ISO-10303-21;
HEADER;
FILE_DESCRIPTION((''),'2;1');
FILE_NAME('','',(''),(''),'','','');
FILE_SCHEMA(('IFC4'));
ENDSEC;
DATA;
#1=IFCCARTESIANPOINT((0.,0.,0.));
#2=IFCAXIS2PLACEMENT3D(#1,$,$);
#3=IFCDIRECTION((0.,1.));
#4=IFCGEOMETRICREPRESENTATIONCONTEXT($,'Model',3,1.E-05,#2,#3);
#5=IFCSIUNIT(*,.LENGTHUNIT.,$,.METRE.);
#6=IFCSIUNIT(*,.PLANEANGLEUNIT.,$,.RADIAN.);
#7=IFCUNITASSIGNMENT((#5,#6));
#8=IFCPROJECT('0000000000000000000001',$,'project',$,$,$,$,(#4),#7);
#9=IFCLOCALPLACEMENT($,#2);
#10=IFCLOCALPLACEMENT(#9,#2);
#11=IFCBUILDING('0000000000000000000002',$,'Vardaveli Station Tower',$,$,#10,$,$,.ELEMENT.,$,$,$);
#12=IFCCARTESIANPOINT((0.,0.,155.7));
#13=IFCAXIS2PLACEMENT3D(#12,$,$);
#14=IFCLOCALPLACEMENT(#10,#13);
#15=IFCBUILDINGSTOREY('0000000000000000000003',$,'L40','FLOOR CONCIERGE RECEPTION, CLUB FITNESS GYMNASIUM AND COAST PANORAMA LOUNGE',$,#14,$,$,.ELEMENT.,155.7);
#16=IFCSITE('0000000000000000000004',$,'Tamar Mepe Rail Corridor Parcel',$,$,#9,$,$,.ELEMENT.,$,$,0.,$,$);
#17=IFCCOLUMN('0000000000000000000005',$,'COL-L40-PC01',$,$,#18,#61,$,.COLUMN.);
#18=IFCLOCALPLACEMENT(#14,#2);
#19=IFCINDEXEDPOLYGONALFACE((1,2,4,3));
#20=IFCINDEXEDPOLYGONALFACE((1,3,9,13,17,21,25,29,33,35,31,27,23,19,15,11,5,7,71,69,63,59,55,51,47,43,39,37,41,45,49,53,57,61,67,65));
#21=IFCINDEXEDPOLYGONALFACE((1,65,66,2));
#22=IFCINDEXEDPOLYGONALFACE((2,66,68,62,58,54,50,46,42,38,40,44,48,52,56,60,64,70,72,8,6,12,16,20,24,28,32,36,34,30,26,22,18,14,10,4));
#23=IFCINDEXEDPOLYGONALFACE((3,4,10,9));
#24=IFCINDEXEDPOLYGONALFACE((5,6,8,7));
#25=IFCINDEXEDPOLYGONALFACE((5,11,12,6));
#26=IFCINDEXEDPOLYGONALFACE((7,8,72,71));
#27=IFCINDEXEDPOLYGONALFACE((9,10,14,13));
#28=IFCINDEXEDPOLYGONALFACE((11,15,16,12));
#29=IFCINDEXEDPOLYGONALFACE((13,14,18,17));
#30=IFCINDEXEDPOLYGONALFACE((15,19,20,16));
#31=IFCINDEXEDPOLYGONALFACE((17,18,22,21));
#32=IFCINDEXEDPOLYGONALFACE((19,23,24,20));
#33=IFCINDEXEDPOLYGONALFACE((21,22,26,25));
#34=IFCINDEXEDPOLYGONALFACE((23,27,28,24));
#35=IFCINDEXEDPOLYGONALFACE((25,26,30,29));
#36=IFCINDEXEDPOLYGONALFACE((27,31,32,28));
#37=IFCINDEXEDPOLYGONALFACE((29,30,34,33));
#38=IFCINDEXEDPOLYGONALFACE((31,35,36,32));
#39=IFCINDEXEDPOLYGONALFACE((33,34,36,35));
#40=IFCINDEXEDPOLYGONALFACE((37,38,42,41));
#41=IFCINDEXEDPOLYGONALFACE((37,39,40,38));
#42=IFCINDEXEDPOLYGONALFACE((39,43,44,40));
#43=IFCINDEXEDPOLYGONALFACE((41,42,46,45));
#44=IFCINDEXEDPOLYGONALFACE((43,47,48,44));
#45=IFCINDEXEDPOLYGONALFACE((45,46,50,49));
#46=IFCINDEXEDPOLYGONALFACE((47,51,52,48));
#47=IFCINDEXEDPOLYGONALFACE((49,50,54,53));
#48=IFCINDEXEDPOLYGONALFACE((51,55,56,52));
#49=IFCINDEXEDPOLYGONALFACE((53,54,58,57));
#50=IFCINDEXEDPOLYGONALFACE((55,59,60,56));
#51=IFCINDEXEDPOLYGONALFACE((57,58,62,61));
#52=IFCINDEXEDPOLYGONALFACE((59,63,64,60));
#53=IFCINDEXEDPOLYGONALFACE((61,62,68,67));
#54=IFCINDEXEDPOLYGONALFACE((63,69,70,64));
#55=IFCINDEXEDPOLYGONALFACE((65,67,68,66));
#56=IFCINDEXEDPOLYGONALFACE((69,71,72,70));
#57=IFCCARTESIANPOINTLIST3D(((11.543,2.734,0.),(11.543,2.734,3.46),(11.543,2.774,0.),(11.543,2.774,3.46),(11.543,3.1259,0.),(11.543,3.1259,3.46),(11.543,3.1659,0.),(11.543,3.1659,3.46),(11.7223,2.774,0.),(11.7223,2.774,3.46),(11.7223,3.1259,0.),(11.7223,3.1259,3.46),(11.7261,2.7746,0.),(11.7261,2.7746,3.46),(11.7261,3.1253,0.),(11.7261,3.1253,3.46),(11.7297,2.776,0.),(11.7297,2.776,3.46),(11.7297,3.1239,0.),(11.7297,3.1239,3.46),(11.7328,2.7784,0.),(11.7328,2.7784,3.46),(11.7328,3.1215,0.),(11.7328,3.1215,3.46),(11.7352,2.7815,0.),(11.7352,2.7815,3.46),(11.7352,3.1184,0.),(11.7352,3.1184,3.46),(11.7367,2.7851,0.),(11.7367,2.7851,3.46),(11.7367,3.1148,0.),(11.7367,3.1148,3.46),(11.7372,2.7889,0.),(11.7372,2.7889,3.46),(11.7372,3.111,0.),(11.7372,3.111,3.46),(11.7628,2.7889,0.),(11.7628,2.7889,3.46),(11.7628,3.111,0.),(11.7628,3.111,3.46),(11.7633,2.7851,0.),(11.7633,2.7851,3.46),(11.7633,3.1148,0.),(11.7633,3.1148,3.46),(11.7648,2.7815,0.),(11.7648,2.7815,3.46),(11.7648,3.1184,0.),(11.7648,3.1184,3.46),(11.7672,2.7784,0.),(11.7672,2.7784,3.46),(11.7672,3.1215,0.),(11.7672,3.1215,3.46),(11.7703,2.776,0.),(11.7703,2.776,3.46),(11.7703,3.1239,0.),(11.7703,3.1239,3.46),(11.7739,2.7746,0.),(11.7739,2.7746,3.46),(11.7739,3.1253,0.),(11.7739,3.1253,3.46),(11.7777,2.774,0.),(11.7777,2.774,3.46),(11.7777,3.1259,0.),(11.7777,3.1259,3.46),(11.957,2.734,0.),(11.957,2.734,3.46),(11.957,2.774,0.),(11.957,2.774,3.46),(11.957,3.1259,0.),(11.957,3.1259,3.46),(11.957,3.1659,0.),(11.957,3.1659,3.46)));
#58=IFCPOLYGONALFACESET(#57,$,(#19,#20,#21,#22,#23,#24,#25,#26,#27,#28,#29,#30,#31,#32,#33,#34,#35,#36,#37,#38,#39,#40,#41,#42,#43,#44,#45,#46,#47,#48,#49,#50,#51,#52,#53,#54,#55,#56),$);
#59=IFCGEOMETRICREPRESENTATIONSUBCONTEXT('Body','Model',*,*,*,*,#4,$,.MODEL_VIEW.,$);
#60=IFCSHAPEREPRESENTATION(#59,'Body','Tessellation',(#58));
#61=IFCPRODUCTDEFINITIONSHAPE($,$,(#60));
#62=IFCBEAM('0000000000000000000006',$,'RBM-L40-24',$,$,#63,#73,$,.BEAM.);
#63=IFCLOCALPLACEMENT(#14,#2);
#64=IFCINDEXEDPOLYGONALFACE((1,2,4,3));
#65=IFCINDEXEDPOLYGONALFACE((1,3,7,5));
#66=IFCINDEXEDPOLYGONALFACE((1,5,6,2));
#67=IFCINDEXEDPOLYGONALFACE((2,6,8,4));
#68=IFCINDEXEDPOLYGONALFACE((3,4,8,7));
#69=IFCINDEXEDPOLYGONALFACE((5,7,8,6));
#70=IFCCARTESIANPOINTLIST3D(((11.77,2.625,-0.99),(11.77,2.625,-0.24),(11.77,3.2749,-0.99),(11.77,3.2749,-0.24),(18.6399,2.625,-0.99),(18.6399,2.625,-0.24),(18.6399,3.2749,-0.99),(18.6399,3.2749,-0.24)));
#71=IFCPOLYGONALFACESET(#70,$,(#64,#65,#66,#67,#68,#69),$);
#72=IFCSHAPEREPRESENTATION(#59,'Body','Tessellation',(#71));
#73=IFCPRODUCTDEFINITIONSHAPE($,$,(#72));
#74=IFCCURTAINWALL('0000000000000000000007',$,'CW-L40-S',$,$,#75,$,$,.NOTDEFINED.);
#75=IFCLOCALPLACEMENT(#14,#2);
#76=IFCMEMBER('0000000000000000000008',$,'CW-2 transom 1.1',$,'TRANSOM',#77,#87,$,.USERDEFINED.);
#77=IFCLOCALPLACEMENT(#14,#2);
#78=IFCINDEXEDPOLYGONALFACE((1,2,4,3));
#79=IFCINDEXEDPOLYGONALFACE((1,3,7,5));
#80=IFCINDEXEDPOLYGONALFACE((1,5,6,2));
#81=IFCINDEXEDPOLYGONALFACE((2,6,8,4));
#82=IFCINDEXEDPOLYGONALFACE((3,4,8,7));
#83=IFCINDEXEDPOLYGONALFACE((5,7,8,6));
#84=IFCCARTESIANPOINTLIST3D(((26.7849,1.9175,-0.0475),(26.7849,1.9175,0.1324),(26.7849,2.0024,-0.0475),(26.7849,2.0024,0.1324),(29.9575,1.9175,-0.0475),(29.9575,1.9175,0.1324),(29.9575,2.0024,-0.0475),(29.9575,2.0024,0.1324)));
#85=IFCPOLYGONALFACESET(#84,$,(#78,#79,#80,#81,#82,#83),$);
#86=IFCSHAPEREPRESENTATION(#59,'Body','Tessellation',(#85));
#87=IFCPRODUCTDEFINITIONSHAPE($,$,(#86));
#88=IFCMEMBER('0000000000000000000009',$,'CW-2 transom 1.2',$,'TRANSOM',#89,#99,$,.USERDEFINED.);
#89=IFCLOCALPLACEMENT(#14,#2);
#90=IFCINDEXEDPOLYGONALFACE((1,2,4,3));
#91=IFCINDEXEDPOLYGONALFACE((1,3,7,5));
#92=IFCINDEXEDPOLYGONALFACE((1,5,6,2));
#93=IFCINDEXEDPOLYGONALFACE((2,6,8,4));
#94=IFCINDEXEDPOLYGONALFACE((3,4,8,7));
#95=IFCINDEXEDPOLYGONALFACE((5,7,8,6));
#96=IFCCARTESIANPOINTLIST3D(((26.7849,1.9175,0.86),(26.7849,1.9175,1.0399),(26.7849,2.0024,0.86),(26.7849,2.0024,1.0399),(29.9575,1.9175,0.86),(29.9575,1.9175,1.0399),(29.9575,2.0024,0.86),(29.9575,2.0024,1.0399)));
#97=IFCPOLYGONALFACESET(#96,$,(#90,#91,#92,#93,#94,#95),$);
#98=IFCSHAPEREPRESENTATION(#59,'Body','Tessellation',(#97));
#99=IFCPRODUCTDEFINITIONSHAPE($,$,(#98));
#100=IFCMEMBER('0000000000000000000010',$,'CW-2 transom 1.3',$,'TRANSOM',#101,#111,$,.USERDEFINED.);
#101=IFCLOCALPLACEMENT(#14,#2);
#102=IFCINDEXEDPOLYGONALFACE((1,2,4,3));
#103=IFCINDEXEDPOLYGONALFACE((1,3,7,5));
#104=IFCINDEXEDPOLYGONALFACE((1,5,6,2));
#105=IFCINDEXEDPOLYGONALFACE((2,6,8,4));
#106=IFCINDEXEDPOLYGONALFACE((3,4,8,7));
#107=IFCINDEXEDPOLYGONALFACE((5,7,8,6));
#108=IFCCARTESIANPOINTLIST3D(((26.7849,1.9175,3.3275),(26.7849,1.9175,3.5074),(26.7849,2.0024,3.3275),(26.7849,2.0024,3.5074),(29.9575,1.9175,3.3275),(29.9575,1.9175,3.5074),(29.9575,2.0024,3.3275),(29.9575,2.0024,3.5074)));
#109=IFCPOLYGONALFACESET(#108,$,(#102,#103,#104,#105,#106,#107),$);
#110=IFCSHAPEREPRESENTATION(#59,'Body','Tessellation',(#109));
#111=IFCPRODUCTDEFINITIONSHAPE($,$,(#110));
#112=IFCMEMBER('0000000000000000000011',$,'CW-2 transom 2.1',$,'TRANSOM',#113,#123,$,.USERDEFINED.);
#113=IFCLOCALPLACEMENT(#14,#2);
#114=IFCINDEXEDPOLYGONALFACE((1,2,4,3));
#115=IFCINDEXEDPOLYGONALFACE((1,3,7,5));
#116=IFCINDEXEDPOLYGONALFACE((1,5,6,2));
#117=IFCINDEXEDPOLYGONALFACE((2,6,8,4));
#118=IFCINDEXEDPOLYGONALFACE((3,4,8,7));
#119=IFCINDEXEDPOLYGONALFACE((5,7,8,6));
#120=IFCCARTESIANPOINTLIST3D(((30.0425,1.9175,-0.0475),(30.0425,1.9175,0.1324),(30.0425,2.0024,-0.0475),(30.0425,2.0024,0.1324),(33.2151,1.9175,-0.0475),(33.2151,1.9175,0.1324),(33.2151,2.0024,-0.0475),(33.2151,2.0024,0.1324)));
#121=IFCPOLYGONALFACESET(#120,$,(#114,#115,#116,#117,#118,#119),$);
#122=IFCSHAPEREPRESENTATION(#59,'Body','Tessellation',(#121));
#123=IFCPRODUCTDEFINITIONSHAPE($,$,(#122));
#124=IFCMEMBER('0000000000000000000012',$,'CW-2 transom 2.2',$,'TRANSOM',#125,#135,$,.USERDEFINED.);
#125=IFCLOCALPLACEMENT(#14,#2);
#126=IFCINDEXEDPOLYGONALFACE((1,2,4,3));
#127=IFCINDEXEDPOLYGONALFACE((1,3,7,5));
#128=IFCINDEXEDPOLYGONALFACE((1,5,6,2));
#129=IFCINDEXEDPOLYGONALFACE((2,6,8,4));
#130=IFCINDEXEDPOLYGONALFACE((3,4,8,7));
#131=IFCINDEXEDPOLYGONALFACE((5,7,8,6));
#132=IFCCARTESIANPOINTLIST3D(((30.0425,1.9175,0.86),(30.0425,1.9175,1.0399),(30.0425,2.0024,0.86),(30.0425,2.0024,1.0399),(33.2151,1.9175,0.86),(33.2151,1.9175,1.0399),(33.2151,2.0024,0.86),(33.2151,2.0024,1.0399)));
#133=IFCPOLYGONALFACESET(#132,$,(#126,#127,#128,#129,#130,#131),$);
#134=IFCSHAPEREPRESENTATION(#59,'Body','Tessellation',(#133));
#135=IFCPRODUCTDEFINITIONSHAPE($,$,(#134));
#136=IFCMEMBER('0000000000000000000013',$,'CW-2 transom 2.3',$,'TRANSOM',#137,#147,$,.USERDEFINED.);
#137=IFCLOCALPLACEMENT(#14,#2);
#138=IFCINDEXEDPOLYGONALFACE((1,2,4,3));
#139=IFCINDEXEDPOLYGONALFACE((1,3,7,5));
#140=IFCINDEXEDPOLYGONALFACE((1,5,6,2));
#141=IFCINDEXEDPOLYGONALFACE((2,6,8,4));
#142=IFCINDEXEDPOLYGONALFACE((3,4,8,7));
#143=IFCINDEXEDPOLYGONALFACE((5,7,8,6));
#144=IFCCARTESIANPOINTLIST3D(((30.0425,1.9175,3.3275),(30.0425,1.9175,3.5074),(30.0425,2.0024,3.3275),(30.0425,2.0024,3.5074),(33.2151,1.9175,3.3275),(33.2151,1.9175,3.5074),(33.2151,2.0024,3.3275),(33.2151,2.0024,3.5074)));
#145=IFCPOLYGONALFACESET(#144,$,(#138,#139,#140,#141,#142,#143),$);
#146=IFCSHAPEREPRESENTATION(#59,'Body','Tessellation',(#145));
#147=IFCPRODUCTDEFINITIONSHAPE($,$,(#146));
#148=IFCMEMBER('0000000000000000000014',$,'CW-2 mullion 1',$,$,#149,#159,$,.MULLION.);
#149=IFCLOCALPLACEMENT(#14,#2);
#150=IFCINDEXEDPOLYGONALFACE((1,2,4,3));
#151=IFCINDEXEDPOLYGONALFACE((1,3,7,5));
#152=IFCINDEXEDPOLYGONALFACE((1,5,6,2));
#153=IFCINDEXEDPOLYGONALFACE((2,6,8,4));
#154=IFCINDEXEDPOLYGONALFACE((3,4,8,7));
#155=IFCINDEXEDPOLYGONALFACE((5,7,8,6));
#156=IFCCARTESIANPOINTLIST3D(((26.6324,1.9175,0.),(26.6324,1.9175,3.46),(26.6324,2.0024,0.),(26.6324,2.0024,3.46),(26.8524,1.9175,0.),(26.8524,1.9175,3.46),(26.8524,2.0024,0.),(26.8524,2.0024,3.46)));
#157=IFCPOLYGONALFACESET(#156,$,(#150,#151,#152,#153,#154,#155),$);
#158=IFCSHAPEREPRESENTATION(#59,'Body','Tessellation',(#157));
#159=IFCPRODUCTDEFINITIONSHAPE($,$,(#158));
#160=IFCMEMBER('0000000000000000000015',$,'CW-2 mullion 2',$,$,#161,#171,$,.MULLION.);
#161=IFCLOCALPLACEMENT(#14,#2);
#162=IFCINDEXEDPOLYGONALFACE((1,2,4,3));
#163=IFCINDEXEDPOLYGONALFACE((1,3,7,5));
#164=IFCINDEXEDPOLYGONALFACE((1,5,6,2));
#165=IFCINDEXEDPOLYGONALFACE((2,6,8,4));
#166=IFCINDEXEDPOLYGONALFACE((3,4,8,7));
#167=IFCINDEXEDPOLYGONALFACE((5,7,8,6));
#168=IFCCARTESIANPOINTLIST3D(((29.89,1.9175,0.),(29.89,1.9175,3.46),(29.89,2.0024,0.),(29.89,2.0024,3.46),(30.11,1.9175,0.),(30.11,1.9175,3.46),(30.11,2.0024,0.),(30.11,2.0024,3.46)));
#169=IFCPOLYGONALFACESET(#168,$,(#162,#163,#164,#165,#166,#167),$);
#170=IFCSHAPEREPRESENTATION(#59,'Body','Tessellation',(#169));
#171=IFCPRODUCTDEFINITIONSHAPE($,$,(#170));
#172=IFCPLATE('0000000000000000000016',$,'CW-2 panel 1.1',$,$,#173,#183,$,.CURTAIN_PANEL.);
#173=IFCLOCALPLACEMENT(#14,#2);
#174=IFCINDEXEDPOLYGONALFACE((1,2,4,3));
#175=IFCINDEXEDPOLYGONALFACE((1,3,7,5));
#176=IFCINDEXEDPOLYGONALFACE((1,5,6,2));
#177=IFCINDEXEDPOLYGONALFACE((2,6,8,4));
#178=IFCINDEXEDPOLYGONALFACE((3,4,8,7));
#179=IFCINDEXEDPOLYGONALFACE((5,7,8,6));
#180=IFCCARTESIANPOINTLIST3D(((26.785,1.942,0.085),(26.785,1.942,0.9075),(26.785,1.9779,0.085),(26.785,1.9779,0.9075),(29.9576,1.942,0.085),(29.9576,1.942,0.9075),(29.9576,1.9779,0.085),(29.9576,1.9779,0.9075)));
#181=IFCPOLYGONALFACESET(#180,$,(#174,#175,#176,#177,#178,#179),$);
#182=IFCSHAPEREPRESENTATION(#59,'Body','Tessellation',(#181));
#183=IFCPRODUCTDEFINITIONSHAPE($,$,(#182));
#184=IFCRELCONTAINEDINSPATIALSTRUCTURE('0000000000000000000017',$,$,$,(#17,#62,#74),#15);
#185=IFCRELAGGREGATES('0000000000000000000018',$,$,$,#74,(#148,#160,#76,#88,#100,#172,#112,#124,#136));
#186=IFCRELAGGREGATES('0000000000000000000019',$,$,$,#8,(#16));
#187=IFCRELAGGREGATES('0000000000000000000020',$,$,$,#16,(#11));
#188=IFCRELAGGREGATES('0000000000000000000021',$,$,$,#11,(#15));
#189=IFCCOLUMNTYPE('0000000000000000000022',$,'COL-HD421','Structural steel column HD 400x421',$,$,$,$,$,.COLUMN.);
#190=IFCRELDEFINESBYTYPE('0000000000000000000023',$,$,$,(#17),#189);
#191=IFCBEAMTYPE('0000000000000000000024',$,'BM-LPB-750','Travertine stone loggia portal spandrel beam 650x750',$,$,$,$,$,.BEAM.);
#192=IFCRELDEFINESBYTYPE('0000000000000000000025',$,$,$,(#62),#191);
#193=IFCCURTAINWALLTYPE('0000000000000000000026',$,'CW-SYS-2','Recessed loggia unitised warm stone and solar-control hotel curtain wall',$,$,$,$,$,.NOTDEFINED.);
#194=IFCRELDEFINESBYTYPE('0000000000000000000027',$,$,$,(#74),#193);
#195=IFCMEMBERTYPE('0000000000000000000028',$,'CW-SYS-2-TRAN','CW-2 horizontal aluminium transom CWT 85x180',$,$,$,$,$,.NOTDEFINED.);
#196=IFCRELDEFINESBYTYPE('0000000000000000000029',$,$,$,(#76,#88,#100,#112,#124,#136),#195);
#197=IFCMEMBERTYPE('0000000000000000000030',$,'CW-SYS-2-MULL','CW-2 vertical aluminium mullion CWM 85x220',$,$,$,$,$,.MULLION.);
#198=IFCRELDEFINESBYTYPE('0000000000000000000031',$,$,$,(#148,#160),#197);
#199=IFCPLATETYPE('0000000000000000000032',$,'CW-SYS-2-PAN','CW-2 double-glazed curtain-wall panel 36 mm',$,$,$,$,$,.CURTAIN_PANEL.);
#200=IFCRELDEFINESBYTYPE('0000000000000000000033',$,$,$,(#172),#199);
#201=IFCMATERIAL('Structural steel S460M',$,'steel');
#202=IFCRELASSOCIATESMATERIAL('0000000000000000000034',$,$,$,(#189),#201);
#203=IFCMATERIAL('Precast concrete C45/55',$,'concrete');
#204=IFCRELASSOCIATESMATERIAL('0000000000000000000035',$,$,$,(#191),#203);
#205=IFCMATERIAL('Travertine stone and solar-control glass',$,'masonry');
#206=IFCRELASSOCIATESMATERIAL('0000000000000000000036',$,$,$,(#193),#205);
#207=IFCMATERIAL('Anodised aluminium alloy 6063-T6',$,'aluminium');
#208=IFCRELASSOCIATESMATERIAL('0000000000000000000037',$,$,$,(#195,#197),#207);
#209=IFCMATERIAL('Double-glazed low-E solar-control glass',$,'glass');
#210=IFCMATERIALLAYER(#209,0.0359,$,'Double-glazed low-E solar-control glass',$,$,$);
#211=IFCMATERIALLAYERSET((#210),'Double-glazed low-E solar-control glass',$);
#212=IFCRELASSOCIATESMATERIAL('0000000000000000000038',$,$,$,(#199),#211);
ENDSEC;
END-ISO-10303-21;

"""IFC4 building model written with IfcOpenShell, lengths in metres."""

from ifc_helpers import new_model, si_unit, direction, frame, origin, origin_2d, place, context, subcontext, project, spatial, rectangle, i_section, extrude, source, transform, mapped, material, layer, layer_set, material_profile, profile_set, type_object, element, aggregate, save


model = new_model("IFC4")

# Units and contexts
model_context = context("Model", 3, precision=1e-05, world=origin(), true_north=direction((0.0, 1.0)))
body_context = subcontext(model_context, "Body", "Model", "MODEL_VIEW")
ifc_project = project(units=[si_unit("LENGTHUNIT", "METRE"), si_unit("PLANEANGLEUNIT", "RADIAN")], contexts=[model_context])

# Site, building, storey
site_placement = place(None, origin())
site = spatial("IfcSite", under=ifc_project, at=site_placement, Name="Tamar Mepe Rail Corridor Parcel", CompositionType="ELEMENT", RefElevation=0.0)
building_placement = place(site_placement, origin())
building = spatial("IfcBuilding", under=site, at=building_placement, Name="Vardaveli Station Tower", CompositionType="ELEMENT")
storey_placement = place(building_placement, frame((0.0, 0.0, 155.7)))
storey = spatial("IfcBuildingStorey", under=building, at=storey_placement, Name="L40", Description="FLOOR CONCIERGE RECEPTION, CLUB FITNESS GYMNASIUM AND COAST PANORAMA LOUNGE", CompositionType="ELEMENT", Elevation=155.7)

# Column
ifc_material_1 = material(Name="Structural steel S460M", Category="steel")
ifc_material_profile_1 = material_profile(ifc_material_1, i_section(OverallWidth=0.4141, OverallDepth=0.4319, WebThickness=0.0256, FlangeThickness=0.04, FilletRadius=0.0149, at=origin_2d()), Name="HD 400x421")
ifc_profile_set_1 = profile_set([ifc_material_profile_1], Name="Structural steel S460M")
column_type = type_object("IfcColumnType", Name="COL-HD421", Description="Structural steel column HD 400x421", PredefinedType="COLUMN", material=ifc_profile_set_1)
shared_shape_1 = source(origin(), body_context, "Body", "SweptSolid", [
    extrude(i_section(OverallWidth=0.4141, OverallDepth=0.4319, WebThickness=0.0256, FlangeThickness=0.04, FilletRadius=0.0149, at=origin_2d()), origin(), (0.0, 0.0, 1.0), 3.46),
])
column_placement = place(storey_placement, frame((11.75, 2.95, 0.0), z_axis=(0.0, 0.0, 1.0), x_axis=(1.0, 0.0, 0.0)))
element("IfcColumn", 1, at=column_placement, inside=storey, type_object=column_type, Name="COL-L40-PC01", PredefinedType="COLUMN", context=body_context, shape_type="MappedRepresentation", body=[
    mapped(shared_shape_1, transform((0.0, 0.0, 0.0), scale=1.0)),
])

# Beam
ifc_material_2 = material(Name="Precast concrete C45/55", Category="concrete")
ifc_material_profile_2 = material_profile(ifc_material_2, rectangle(XDim=0.6499, YDim=0.75, at=origin_2d()), Name="LPB 650x750")
ifc_profile_set_2 = profile_set([ifc_material_profile_2], Name="Precast concrete C45/55")
beam_type = type_object("IfcBeamType", Name="BM-LPB-750", Description="Travertine stone loggia portal spandrel beam 650x750", PredefinedType="BEAM", material=ifc_profile_set_2)
shared_shape_2 = source(origin(), body_context, "Body", "SweptSolid", [
    extrude(rectangle(XDim=0.6499, YDim=0.75, at=origin_2d()), origin(), (0.0, 0.0, 1.0), 6.8699),
])
beam_placement = place(storey_placement, frame((11.77, 2.95, -0.615), z_axis=(1.0, 0.0, 0.0), x_axis=(0.0, 1.0, 0.0)))
element("IfcBeam", 2, at=beam_placement, inside=storey, type_object=beam_type, Name="RBM-L40-24", PredefinedType="BEAM", context=body_context, shape_type="MappedRepresentation", body=[
    mapped(shared_shape_2, transform((0.0, 0.0, 0.0), scale=1.0)),
])

# Curtain wall, members, plate
ifc_material_3 = material(Name="Travertine stone and solar-control glass", Category="masonry")
curtain_wall_type = type_object("IfcCurtainWallType", Name="CW-SYS-2", Description="Recessed loggia unitised warm stone and solar-control hotel curtain wall", PredefinedType="NOTDEFINED", material=ifc_material_3)
curtain_wall_placement = place(storey_placement, origin())
curtain_wall = element("IfcCurtainWall", 3, at=curtain_wall_placement, inside=storey, type_object=curtain_wall_type, Name="CW-L40-S", PredefinedType="NOTDEFINED")
ifc_material_4 = material(Name="Anodised aluminium alloy 6063-T6", Category="aluminium")
ifc_material_profile_3 = material_profile(ifc_material_4, rectangle(XDim=0.085, YDim=0.1799, at=origin_2d()), Name="CWT 85x180")
ifc_profile_set_3 = profile_set([ifc_material_profile_3], Name="Anodised aluminium alloy 6063-T6")
member_type_1 = type_object("IfcMemberType", Name="CW-SYS-2-TRAN", Description="CW-2 horizontal aluminium transom CWT 85x180", PredefinedType="NOTDEFINED", material=ifc_profile_set_3)
shared_shape_3 = source(origin(), body_context, "Body", "SweptSolid", [
    extrude(rectangle(XDim=0.085, YDim=0.1799, at=origin_2d()), origin(), (0.0, 0.0, 1.0), 3.1726),
])
member_1_placement = place(storey_placement, frame((26.7849, 1.96, 0.0425), z_axis=(1.0, 0.0, 0.0), x_axis=(0.0, 1.0, 0.0)))
member_1 = element("IfcMember", 4, at=member_1_placement, type_object=member_type_1, Name="CW-2 transom 1.1", ObjectType="TRANSOM", PredefinedType="USERDEFINED", context=body_context, shape_type="MappedRepresentation", body=[
    mapped(shared_shape_3, transform((0.0, 0.0, 0.0), scale=1.0)),
])
member_2_placement = place(storey_placement, frame((26.7849, 1.96, 0.95), z_axis=(1.0, 0.0, 0.0), x_axis=(0.0, 1.0, 0.0)))
member_2 = element("IfcMember", 5, at=member_2_placement, type_object=member_type_1, Name="CW-2 transom 1.2", ObjectType="TRANSOM", PredefinedType="USERDEFINED", context=body_context, shape_type="MappedRepresentation", body=[
    mapped(shared_shape_3, transform((0.0, 0.0, 0.0), scale=1.0)),
])
member_3_placement = place(storey_placement, frame((26.7849, 1.96, 3.4175), z_axis=(1.0, 0.0, 0.0), x_axis=(0.0, 1.0, 0.0)))
member_3 = element("IfcMember", 6, at=member_3_placement, type_object=member_type_1, Name="CW-2 transom 1.3", ObjectType="TRANSOM", PredefinedType="USERDEFINED", context=body_context, shape_type="MappedRepresentation", body=[
    mapped(shared_shape_3, transform((0.0, 0.0, 0.0), scale=1.0)),
])
member_4_placement = place(storey_placement, frame((30.0425, 1.96, 0.0425), z_axis=(1.0, 0.0, 0.0), x_axis=(0.0, 1.0, 0.0)))
member_4 = element("IfcMember", 7, at=member_4_placement, type_object=member_type_1, Name="CW-2 transom 2.1", ObjectType="TRANSOM", PredefinedType="USERDEFINED", context=body_context, shape_type="MappedRepresentation", body=[
    mapped(shared_shape_3, transform((0.0, 0.0, 0.0), scale=1.0)),
])
member_5_placement = place(storey_placement, frame((30.0425, 1.96, 0.95), z_axis=(1.0, 0.0, 0.0), x_axis=(0.0, 1.0, 0.0)))
member_5 = element("IfcMember", 8, at=member_5_placement, type_object=member_type_1, Name="CW-2 transom 2.2", ObjectType="TRANSOM", PredefinedType="USERDEFINED", context=body_context, shape_type="MappedRepresentation", body=[
    mapped(shared_shape_3, transform((0.0, 0.0, 0.0), scale=1.0)),
])
member_6_placement = place(storey_placement, frame((30.0425, 1.96, 3.4175), z_axis=(1.0, 0.0, 0.0), x_axis=(0.0, 1.0, 0.0)))
member_6 = element("IfcMember", 9, at=member_6_placement, type_object=member_type_1, Name="CW-2 transom 2.3", ObjectType="TRANSOM", PredefinedType="USERDEFINED", context=body_context, shape_type="MappedRepresentation", body=[
    mapped(shared_shape_3, transform((0.0, 0.0, 0.0), scale=1.0)),
])
ifc_material_profile_4 = material_profile(ifc_material_4, rectangle(XDim=0.085, YDim=0.22, at=origin_2d()), Name="CWM 85x220")
ifc_profile_set_4 = profile_set([ifc_material_profile_4], Name="Anodised aluminium alloy 6063-T6")
member_type_2 = type_object("IfcMemberType", Name="CW-SYS-2-MULL", Description="CW-2 vertical aluminium mullion CWM 85x220", PredefinedType="MULLION", material=ifc_profile_set_4)
shared_shape_4 = source(origin(), body_context, "Body", "SweptSolid", [
    extrude(rectangle(XDim=0.085, YDim=0.22, at=origin_2d()), origin(), (0.0, 0.0, 1.0), 3.46),
])
member_7_placement = place(storey_placement, frame((26.7424, 1.96, 0.0), z_axis=(0.0, 0.0, 1.0), x_axis=(0.0, 1.0, 0.0)))
member_7 = element("IfcMember", 10, at=member_7_placement, type_object=member_type_2, Name="CW-2 mullion 1", PredefinedType="MULLION", context=body_context, shape_type="MappedRepresentation", body=[
    mapped(shared_shape_4, transform((0.0, 0.0, 0.0), scale=1.0)),
])
member_8_placement = place(storey_placement, frame((30.0, 1.96, 0.0), z_axis=(0.0, 0.0, 1.0), x_axis=(0.0, 1.0, 0.0)))
member_8 = element("IfcMember", 11, at=member_8_placement, type_object=member_type_2, Name="CW-2 mullion 2", PredefinedType="MULLION", context=body_context, shape_type="MappedRepresentation", body=[
    mapped(shared_shape_4, transform((0.0, 0.0, 0.0), scale=1.0)),
])
ifc_material_5 = material(Name="Double-glazed low-E solar-control glass", Category="glass")
ifc_layer_1 = layer(ifc_material_5, 0.0359, Name="Double-glazed low-E solar-control glass")
ifc_layer_set_1 = layer_set([ifc_layer_1], Name="Double-glazed low-E solar-control glass")
plate_type_1 = type_object("IfcPlateType", Name="CW-SYS-2-PAN", Description="CW-2 double-glazed curtain-wall panel 36 mm", PredefinedType="CURTAIN_PANEL", material=ifc_layer_set_1)
shared_shape_5 = source(origin(), body_context, "Body", "SweptSolid", [
    extrude(rectangle(XDim=3.1726, YDim=0.0359, at=origin_2d()), origin(), (0.0, 0.0, 1.0), 0.8225),
])
plate_1_placement = place(storey_placement, frame((28.3713, 1.96, 0.085), z_axis=(0.0, 0.0, 1.0), x_axis=(1.0, 0.0, 0.0)))
plate_1 = element("IfcPlate", 12, at=plate_1_placement, type_object=plate_type_1, Name="CW-2 panel 1.1", PredefinedType="CURTAIN_PANEL", context=body_context, shape_type="MappedRepresentation", body=[
    mapped(shared_shape_5, transform((0.0, 0.0, 0.0), scale=1.0)),
])

aggregate(curtain_wall, [member_7, member_8, member_1, member_2, member_3, plate_1, member_4, member_5, member_6])

save(model, "model.ifc")
